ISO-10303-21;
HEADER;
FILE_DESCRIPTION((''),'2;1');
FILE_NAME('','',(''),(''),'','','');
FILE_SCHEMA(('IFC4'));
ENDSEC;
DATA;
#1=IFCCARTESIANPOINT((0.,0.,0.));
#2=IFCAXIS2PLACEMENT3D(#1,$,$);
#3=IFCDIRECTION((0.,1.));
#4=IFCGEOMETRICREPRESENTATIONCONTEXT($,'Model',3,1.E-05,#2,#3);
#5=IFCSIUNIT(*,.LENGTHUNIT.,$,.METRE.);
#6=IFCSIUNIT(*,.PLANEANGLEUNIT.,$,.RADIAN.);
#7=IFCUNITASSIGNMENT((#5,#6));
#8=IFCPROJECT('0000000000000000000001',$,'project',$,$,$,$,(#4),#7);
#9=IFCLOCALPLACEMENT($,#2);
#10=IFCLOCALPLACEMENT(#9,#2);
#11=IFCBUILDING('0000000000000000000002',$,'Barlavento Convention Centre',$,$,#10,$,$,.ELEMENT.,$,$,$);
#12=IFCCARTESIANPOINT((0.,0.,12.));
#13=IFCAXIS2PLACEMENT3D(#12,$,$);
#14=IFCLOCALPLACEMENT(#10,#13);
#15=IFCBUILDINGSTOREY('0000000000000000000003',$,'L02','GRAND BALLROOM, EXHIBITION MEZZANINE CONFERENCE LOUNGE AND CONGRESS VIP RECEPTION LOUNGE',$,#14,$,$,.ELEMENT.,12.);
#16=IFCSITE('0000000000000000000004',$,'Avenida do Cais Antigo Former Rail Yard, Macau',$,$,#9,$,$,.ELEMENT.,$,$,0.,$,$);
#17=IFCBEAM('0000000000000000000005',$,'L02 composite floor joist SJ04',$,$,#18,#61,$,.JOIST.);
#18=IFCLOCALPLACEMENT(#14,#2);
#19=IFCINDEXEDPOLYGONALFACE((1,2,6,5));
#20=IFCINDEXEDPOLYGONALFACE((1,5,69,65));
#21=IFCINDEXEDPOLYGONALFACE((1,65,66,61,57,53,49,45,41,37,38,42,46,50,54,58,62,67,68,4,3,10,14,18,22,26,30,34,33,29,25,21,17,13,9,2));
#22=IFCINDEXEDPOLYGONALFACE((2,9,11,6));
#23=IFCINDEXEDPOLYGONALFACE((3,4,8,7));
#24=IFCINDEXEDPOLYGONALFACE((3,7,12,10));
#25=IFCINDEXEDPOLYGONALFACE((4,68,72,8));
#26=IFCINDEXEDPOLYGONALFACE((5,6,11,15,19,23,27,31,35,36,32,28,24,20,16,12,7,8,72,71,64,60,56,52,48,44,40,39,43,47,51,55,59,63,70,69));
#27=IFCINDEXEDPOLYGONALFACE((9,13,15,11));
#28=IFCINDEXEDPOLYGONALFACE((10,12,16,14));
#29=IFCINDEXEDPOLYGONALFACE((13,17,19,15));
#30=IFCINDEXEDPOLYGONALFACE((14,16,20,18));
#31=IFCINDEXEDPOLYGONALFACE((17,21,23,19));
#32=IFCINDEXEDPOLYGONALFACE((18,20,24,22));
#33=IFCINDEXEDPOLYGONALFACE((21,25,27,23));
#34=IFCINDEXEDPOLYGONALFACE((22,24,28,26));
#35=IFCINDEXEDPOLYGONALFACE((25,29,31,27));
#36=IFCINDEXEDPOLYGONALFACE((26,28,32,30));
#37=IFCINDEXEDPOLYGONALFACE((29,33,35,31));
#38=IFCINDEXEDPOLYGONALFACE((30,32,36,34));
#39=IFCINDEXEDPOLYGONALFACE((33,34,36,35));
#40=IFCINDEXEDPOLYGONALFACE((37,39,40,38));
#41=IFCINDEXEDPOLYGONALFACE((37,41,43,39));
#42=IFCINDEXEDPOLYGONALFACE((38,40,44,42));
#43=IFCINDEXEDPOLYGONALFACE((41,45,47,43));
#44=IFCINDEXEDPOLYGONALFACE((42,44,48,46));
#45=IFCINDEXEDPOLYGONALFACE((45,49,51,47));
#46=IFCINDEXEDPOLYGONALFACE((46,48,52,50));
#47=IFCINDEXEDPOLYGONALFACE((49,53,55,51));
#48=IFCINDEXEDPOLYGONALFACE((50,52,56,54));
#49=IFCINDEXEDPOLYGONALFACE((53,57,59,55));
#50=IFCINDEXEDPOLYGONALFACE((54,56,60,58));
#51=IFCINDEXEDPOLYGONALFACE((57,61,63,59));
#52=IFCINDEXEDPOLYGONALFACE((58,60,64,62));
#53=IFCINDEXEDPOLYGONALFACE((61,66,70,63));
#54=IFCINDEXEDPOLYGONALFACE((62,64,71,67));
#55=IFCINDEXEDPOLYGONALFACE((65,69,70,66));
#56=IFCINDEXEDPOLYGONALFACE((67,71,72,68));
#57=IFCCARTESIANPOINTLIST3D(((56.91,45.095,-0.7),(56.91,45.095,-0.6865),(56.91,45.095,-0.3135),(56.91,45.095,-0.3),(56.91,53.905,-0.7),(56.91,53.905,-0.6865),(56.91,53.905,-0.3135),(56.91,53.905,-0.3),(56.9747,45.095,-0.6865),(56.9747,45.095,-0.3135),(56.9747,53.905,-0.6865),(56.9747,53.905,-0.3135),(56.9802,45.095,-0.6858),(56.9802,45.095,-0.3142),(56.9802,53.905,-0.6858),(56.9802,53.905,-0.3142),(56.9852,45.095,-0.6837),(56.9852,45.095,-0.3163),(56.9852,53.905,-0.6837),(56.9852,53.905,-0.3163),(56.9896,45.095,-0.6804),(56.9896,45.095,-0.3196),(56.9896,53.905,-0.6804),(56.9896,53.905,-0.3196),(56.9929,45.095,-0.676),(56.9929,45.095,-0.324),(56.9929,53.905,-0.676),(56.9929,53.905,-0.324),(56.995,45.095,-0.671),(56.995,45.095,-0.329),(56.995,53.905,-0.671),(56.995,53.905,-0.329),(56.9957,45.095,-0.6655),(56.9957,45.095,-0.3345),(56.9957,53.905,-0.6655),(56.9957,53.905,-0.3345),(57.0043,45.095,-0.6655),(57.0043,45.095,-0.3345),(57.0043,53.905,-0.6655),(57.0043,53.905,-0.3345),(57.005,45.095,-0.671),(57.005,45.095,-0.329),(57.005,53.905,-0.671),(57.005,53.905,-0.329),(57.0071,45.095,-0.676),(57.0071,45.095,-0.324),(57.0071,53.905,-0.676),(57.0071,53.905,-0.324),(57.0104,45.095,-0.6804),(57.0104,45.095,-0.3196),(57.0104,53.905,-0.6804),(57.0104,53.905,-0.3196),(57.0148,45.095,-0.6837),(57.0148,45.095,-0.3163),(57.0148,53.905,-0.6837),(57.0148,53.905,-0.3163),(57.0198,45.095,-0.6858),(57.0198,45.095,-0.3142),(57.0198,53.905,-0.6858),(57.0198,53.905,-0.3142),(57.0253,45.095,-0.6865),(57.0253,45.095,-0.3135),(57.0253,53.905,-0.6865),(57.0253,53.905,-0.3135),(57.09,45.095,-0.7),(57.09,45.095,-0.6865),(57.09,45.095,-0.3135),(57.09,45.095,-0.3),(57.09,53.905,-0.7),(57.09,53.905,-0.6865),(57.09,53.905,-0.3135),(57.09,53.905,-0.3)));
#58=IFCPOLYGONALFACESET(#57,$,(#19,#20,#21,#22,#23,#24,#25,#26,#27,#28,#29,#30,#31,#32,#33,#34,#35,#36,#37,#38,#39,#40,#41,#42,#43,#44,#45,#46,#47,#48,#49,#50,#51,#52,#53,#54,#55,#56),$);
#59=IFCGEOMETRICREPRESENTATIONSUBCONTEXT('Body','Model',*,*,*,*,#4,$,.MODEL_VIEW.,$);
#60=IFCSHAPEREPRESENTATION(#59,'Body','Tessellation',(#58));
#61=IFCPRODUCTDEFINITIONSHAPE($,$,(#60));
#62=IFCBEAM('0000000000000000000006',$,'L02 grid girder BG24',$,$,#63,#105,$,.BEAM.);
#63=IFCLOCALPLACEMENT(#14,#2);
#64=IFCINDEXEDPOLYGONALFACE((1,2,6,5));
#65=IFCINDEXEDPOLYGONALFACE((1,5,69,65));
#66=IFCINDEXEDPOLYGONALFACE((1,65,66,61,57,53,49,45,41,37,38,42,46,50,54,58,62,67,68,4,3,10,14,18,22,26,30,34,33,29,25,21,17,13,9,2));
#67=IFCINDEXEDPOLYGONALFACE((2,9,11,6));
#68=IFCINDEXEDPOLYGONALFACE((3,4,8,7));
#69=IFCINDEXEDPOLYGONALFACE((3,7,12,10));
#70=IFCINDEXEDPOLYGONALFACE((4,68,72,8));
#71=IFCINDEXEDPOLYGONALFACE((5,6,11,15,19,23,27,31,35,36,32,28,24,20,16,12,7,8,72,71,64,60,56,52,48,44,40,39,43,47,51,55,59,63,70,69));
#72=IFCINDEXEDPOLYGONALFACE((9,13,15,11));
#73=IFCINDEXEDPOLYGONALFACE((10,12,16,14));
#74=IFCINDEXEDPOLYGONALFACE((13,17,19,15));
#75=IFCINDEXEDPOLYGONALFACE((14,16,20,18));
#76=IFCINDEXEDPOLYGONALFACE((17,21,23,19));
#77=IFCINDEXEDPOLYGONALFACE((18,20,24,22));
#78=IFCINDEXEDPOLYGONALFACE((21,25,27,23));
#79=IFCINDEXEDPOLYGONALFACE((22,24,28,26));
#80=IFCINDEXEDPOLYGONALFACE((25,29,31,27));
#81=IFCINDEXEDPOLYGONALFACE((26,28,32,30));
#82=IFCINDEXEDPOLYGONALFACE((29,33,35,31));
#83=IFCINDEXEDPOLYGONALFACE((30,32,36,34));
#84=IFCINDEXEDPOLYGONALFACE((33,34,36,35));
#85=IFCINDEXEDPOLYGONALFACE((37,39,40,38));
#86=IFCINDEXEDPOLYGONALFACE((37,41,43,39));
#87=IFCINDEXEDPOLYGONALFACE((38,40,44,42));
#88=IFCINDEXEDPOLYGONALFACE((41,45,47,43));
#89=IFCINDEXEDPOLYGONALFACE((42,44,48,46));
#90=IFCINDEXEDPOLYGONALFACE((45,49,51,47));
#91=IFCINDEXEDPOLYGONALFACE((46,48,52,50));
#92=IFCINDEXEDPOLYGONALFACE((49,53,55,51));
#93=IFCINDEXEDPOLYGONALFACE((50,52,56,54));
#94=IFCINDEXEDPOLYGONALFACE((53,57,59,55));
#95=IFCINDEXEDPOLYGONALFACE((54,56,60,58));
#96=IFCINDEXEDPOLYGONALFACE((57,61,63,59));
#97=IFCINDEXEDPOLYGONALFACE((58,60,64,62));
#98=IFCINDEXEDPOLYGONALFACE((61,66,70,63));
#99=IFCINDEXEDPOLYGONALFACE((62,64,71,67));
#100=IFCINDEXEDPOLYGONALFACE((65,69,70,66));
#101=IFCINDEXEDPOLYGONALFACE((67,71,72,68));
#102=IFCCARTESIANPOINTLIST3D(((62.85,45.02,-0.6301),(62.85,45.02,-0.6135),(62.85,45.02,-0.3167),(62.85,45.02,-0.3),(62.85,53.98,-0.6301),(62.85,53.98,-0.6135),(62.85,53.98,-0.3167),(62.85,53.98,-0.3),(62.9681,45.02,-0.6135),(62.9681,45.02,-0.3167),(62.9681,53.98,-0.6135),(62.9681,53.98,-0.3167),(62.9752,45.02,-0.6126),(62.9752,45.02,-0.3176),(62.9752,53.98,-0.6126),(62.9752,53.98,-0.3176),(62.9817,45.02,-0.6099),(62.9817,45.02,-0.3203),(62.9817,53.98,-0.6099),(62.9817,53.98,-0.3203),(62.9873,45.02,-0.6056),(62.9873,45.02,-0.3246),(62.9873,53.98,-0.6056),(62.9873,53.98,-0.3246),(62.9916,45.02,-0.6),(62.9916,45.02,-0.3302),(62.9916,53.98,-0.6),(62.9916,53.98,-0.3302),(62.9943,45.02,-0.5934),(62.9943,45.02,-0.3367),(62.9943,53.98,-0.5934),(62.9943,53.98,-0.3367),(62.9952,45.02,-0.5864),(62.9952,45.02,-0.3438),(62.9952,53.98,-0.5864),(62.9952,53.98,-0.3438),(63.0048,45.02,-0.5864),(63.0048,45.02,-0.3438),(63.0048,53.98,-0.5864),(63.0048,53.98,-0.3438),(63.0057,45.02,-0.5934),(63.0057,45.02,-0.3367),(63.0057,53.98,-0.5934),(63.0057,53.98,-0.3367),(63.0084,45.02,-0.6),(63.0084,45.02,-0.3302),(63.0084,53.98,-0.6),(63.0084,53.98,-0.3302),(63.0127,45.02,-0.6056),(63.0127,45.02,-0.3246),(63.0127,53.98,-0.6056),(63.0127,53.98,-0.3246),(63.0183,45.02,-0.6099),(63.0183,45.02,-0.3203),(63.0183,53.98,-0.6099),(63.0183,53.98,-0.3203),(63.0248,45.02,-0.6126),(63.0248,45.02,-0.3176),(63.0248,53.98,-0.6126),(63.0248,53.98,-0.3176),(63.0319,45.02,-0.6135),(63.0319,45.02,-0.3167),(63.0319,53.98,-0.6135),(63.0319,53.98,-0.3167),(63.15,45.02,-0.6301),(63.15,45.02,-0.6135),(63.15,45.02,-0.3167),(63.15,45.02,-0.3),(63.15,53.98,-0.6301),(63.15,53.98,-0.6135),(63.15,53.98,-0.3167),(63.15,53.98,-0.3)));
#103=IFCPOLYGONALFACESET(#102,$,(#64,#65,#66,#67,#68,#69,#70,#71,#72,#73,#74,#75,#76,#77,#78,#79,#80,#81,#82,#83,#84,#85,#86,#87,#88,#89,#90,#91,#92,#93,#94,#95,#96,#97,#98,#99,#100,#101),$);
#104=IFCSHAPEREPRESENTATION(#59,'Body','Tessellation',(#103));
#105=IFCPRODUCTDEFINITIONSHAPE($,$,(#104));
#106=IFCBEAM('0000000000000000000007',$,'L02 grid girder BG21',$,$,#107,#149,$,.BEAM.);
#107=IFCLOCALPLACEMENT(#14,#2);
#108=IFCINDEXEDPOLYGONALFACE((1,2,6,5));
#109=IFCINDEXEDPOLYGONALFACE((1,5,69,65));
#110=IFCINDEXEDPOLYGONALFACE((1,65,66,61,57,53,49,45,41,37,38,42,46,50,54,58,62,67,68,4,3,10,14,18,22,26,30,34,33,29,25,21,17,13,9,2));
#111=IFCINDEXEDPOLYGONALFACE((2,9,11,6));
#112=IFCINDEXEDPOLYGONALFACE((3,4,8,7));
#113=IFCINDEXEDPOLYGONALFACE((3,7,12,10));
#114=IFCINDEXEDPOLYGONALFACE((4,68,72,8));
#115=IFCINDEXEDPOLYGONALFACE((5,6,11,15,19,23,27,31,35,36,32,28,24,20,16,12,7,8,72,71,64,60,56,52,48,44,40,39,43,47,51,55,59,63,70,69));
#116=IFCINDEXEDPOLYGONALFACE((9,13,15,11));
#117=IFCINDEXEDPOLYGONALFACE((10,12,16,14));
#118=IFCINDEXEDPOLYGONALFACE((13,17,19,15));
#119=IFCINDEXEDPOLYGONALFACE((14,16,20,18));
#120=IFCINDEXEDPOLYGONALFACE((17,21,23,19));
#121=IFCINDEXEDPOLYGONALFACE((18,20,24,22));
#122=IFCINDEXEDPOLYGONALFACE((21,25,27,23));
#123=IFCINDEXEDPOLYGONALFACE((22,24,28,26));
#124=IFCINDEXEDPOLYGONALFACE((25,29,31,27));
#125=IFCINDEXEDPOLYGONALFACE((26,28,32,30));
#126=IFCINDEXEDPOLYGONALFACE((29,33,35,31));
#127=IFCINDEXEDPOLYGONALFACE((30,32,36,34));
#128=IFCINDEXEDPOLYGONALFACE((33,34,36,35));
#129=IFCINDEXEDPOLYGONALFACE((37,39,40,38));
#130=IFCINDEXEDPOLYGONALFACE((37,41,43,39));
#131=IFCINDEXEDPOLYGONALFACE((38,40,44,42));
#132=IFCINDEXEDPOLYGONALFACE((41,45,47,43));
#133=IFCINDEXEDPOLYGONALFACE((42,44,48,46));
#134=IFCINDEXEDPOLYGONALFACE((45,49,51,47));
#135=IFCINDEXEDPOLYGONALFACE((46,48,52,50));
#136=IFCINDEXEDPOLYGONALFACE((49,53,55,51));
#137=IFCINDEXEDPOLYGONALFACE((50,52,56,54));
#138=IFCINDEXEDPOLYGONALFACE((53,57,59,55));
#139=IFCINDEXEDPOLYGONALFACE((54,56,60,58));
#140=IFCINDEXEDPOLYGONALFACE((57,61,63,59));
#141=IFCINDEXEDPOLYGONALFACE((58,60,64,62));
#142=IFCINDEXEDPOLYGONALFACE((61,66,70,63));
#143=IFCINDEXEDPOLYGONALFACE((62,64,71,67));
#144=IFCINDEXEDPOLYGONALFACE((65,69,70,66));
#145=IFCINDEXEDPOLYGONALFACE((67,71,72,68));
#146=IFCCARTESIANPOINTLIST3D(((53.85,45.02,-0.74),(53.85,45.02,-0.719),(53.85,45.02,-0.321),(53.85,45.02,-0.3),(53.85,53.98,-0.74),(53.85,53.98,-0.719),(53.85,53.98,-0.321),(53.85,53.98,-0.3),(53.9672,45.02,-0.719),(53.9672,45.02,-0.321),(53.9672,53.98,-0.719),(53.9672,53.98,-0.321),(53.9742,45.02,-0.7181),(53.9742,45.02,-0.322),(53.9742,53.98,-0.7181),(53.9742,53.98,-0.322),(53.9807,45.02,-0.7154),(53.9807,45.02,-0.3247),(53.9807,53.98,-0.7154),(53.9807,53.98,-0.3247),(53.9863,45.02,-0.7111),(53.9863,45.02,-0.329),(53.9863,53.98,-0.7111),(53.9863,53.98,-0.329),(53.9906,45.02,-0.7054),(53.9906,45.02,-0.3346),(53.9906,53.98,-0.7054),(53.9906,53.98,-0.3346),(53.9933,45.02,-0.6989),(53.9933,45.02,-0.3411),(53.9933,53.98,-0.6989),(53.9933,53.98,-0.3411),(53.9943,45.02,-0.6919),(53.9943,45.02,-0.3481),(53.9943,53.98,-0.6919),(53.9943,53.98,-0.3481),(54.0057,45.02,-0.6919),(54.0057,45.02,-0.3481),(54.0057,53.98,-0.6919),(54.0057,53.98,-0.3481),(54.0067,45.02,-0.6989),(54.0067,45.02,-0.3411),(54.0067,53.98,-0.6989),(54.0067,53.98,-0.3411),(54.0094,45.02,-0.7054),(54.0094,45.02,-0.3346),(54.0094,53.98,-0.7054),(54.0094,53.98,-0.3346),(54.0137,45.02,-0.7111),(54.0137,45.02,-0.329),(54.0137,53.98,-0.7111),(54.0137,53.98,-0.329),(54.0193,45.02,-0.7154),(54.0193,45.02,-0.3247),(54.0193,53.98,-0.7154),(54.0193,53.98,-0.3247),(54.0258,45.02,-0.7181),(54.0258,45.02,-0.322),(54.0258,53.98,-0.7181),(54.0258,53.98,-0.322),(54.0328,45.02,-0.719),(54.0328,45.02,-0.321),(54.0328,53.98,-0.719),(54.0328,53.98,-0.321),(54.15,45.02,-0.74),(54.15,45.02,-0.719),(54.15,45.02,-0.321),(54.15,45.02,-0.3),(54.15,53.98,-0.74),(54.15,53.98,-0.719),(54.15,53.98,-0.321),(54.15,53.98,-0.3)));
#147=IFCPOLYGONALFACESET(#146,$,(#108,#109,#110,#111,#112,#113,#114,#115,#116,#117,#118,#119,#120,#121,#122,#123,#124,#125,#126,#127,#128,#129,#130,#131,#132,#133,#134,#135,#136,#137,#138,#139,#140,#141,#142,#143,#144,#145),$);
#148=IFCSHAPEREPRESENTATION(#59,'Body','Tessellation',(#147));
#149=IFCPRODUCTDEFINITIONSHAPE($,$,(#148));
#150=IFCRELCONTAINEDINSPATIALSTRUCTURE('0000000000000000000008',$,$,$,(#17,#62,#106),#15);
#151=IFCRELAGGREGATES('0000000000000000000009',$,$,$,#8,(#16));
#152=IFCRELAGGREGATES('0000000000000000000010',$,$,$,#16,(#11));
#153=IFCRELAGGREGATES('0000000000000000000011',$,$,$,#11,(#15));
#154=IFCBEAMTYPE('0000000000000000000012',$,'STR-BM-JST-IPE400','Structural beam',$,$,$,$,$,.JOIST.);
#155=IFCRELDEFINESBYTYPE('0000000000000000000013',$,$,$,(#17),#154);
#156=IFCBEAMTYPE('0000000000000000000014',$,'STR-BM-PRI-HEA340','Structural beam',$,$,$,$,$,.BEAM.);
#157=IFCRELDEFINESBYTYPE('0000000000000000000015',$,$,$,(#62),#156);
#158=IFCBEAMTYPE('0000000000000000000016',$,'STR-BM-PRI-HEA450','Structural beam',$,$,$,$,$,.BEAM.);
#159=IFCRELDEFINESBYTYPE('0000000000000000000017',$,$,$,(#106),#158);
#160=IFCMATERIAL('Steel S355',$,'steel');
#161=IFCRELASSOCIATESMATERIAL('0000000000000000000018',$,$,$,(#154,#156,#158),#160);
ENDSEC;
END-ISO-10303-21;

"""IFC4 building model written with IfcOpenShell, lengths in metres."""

from ifc_helpers import new_model, si_unit, direction, frame, origin, origin_2d, place, context, subcontext, project, spatial, i_section, extrude, material, material_profile, profile_set, type_object, element, save


model = new_model("IFC4")

# Units and contexts
model_context = context("Model", 3, precision=1e-05, world=origin(), true_north=direction((0.0, 1.0)))
body_context = subcontext(model_context, "Body", "Model", "MODEL_VIEW")
ifc_project = project(units=[si_unit("LENGTHUNIT", "METRE"), si_unit("PLANEANGLEUNIT", "RADIAN")], contexts=[model_context])

# Site, building, storey
site_placement = place(None, origin())
site = spatial("IfcSite", under=ifc_project, at=site_placement, Name="Avenida do Cais Antigo Former Rail Yard, Macau", CompositionType="ELEMENT", RefElevation=0.0)
building_placement = place(site_placement, origin())
building = spatial("IfcBuilding", under=site, at=building_placement, Name="Barlavento Convention Centre", CompositionType="ELEMENT")
storey_placement = place(building_placement, frame((0.0, 0.0, 12.0)))
storey = spatial("IfcBuildingStorey", under=building, at=storey_placement, Name="L02", Description="GRAND BALLROOM, EXHIBITION MEZZANINE CONFERENCE LOUNGE AND CONGRESS VIP RECEPTION LOUNGE", CompositionType="ELEMENT", Elevation=12.0)

# Shared definitions
ifc_material_1 = material(Name="Steel S355", Category="steel")

# Beams
ifc_material_profile_1 = material_profile(ifc_material_1, i_section(OverallWidth=0.1799, OverallDepth=0.3999, WebThickness=0.0085, FlangeThickness=0.0134, FilletRadius=0.021, at=origin_2d()), Name="IPE 400")
ifc_profile_set_1 = profile_set([ifc_material_profile_1], Name="Steel S355")
beam_type_1 = type_object("IfcBeamType", Name="STR-BM-JST-IPE400", Description="Structural beam", PredefinedType="JOIST", material=ifc_profile_set_1)
beam_1_placement = place(storey_placement, frame((57.0, 45.095, -0.5), z_axis=(0.0, 1.0, 0.0), x_axis=(-1.0, 0.0, 0.0)))
element("IfcBeam", 1, at=beam_1_placement, inside=storey, type_object=beam_type_1, Name="L02 composite floor joist SJ04", PredefinedType="JOIST", context=body_context, shape_type="SweptSolid", body=[
    extrude(i_section(OverallWidth=0.1799, OverallDepth=0.3999, WebThickness=0.0085, FlangeThickness=0.0134, FilletRadius=0.021, at=origin_2d()), origin(), (0.0, 0.0, 1.0), 8.8101),
])
ifc_material_profile_2 = material_profile(ifc_material_1, i_section(OverallWidth=0.3, OverallDepth=0.3301, WebThickness=0.0095, FlangeThickness=0.0166, FilletRadius=0.0271, at=origin_2d()), Name="HEA 340")
ifc_profile_set_2 = profile_set([ifc_material_profile_2], Name="Steel S355")
beam_type_2 = type_object("IfcBeamType", Name="STR-BM-PRI-HEA340", Description="Structural beam", PredefinedType="BEAM", material=ifc_profile_set_2)
beam_2_placement = place(storey_placement, frame((63.0, 45.02, -0.4651), z_axis=(0.0, 1.0, 0.0), x_axis=(-1.0, 0.0, 0.0)))
element("IfcBeam", 2, at=beam_2_placement, inside=storey, type_object=beam_type_2, Name="L02 grid girder BG24", PredefinedType="BEAM", context=body_context, shape_type="SweptSolid", body=[
    extrude(i_section(OverallWidth=0.3, OverallDepth=0.3301, WebThickness=0.0095, FlangeThickness=0.0166, FilletRadius=0.0271, at=origin_2d()), origin(), (0.0, 0.0, 1.0), 8.96),
])
ifc_material_profile_3 = material_profile(ifc_material_1, i_section(OverallWidth=0.3, OverallDepth=0.4399, WebThickness=0.0115, FlangeThickness=0.021, FilletRadius=0.0271, at=origin_2d()), Name="HEA 450")
ifc_profile_set_3 = profile_set([ifc_material_profile_3], Name="Steel S355")
beam_type_3 = type_object("IfcBeamType", Name="STR-BM-PRI-HEA450", Description="Structural beam", PredefinedType="BEAM", material=ifc_profile_set_3)
beam_3_placement = place(storey_placement, frame((54.0, 45.02, -0.52), z_axis=(0.0, 1.0, 0.0), x_axis=(-1.0, 0.0, 0.0)))
element("IfcBeam", 3, at=beam_3_placement, inside=storey, type_object=beam_type_3, Name="L02 grid girder BG21", PredefinedType="BEAM", context=body_context, shape_type="SweptSolid", body=[
    extrude(i_section(OverallWidth=0.3, OverallDepth=0.4399, WebThickness=0.0115, FlangeThickness=0.021, FilletRadius=0.0271, at=origin_2d()), origin(), (0.0, 0.0, 1.0), 8.96),
])

save(model, "model.ifc")
